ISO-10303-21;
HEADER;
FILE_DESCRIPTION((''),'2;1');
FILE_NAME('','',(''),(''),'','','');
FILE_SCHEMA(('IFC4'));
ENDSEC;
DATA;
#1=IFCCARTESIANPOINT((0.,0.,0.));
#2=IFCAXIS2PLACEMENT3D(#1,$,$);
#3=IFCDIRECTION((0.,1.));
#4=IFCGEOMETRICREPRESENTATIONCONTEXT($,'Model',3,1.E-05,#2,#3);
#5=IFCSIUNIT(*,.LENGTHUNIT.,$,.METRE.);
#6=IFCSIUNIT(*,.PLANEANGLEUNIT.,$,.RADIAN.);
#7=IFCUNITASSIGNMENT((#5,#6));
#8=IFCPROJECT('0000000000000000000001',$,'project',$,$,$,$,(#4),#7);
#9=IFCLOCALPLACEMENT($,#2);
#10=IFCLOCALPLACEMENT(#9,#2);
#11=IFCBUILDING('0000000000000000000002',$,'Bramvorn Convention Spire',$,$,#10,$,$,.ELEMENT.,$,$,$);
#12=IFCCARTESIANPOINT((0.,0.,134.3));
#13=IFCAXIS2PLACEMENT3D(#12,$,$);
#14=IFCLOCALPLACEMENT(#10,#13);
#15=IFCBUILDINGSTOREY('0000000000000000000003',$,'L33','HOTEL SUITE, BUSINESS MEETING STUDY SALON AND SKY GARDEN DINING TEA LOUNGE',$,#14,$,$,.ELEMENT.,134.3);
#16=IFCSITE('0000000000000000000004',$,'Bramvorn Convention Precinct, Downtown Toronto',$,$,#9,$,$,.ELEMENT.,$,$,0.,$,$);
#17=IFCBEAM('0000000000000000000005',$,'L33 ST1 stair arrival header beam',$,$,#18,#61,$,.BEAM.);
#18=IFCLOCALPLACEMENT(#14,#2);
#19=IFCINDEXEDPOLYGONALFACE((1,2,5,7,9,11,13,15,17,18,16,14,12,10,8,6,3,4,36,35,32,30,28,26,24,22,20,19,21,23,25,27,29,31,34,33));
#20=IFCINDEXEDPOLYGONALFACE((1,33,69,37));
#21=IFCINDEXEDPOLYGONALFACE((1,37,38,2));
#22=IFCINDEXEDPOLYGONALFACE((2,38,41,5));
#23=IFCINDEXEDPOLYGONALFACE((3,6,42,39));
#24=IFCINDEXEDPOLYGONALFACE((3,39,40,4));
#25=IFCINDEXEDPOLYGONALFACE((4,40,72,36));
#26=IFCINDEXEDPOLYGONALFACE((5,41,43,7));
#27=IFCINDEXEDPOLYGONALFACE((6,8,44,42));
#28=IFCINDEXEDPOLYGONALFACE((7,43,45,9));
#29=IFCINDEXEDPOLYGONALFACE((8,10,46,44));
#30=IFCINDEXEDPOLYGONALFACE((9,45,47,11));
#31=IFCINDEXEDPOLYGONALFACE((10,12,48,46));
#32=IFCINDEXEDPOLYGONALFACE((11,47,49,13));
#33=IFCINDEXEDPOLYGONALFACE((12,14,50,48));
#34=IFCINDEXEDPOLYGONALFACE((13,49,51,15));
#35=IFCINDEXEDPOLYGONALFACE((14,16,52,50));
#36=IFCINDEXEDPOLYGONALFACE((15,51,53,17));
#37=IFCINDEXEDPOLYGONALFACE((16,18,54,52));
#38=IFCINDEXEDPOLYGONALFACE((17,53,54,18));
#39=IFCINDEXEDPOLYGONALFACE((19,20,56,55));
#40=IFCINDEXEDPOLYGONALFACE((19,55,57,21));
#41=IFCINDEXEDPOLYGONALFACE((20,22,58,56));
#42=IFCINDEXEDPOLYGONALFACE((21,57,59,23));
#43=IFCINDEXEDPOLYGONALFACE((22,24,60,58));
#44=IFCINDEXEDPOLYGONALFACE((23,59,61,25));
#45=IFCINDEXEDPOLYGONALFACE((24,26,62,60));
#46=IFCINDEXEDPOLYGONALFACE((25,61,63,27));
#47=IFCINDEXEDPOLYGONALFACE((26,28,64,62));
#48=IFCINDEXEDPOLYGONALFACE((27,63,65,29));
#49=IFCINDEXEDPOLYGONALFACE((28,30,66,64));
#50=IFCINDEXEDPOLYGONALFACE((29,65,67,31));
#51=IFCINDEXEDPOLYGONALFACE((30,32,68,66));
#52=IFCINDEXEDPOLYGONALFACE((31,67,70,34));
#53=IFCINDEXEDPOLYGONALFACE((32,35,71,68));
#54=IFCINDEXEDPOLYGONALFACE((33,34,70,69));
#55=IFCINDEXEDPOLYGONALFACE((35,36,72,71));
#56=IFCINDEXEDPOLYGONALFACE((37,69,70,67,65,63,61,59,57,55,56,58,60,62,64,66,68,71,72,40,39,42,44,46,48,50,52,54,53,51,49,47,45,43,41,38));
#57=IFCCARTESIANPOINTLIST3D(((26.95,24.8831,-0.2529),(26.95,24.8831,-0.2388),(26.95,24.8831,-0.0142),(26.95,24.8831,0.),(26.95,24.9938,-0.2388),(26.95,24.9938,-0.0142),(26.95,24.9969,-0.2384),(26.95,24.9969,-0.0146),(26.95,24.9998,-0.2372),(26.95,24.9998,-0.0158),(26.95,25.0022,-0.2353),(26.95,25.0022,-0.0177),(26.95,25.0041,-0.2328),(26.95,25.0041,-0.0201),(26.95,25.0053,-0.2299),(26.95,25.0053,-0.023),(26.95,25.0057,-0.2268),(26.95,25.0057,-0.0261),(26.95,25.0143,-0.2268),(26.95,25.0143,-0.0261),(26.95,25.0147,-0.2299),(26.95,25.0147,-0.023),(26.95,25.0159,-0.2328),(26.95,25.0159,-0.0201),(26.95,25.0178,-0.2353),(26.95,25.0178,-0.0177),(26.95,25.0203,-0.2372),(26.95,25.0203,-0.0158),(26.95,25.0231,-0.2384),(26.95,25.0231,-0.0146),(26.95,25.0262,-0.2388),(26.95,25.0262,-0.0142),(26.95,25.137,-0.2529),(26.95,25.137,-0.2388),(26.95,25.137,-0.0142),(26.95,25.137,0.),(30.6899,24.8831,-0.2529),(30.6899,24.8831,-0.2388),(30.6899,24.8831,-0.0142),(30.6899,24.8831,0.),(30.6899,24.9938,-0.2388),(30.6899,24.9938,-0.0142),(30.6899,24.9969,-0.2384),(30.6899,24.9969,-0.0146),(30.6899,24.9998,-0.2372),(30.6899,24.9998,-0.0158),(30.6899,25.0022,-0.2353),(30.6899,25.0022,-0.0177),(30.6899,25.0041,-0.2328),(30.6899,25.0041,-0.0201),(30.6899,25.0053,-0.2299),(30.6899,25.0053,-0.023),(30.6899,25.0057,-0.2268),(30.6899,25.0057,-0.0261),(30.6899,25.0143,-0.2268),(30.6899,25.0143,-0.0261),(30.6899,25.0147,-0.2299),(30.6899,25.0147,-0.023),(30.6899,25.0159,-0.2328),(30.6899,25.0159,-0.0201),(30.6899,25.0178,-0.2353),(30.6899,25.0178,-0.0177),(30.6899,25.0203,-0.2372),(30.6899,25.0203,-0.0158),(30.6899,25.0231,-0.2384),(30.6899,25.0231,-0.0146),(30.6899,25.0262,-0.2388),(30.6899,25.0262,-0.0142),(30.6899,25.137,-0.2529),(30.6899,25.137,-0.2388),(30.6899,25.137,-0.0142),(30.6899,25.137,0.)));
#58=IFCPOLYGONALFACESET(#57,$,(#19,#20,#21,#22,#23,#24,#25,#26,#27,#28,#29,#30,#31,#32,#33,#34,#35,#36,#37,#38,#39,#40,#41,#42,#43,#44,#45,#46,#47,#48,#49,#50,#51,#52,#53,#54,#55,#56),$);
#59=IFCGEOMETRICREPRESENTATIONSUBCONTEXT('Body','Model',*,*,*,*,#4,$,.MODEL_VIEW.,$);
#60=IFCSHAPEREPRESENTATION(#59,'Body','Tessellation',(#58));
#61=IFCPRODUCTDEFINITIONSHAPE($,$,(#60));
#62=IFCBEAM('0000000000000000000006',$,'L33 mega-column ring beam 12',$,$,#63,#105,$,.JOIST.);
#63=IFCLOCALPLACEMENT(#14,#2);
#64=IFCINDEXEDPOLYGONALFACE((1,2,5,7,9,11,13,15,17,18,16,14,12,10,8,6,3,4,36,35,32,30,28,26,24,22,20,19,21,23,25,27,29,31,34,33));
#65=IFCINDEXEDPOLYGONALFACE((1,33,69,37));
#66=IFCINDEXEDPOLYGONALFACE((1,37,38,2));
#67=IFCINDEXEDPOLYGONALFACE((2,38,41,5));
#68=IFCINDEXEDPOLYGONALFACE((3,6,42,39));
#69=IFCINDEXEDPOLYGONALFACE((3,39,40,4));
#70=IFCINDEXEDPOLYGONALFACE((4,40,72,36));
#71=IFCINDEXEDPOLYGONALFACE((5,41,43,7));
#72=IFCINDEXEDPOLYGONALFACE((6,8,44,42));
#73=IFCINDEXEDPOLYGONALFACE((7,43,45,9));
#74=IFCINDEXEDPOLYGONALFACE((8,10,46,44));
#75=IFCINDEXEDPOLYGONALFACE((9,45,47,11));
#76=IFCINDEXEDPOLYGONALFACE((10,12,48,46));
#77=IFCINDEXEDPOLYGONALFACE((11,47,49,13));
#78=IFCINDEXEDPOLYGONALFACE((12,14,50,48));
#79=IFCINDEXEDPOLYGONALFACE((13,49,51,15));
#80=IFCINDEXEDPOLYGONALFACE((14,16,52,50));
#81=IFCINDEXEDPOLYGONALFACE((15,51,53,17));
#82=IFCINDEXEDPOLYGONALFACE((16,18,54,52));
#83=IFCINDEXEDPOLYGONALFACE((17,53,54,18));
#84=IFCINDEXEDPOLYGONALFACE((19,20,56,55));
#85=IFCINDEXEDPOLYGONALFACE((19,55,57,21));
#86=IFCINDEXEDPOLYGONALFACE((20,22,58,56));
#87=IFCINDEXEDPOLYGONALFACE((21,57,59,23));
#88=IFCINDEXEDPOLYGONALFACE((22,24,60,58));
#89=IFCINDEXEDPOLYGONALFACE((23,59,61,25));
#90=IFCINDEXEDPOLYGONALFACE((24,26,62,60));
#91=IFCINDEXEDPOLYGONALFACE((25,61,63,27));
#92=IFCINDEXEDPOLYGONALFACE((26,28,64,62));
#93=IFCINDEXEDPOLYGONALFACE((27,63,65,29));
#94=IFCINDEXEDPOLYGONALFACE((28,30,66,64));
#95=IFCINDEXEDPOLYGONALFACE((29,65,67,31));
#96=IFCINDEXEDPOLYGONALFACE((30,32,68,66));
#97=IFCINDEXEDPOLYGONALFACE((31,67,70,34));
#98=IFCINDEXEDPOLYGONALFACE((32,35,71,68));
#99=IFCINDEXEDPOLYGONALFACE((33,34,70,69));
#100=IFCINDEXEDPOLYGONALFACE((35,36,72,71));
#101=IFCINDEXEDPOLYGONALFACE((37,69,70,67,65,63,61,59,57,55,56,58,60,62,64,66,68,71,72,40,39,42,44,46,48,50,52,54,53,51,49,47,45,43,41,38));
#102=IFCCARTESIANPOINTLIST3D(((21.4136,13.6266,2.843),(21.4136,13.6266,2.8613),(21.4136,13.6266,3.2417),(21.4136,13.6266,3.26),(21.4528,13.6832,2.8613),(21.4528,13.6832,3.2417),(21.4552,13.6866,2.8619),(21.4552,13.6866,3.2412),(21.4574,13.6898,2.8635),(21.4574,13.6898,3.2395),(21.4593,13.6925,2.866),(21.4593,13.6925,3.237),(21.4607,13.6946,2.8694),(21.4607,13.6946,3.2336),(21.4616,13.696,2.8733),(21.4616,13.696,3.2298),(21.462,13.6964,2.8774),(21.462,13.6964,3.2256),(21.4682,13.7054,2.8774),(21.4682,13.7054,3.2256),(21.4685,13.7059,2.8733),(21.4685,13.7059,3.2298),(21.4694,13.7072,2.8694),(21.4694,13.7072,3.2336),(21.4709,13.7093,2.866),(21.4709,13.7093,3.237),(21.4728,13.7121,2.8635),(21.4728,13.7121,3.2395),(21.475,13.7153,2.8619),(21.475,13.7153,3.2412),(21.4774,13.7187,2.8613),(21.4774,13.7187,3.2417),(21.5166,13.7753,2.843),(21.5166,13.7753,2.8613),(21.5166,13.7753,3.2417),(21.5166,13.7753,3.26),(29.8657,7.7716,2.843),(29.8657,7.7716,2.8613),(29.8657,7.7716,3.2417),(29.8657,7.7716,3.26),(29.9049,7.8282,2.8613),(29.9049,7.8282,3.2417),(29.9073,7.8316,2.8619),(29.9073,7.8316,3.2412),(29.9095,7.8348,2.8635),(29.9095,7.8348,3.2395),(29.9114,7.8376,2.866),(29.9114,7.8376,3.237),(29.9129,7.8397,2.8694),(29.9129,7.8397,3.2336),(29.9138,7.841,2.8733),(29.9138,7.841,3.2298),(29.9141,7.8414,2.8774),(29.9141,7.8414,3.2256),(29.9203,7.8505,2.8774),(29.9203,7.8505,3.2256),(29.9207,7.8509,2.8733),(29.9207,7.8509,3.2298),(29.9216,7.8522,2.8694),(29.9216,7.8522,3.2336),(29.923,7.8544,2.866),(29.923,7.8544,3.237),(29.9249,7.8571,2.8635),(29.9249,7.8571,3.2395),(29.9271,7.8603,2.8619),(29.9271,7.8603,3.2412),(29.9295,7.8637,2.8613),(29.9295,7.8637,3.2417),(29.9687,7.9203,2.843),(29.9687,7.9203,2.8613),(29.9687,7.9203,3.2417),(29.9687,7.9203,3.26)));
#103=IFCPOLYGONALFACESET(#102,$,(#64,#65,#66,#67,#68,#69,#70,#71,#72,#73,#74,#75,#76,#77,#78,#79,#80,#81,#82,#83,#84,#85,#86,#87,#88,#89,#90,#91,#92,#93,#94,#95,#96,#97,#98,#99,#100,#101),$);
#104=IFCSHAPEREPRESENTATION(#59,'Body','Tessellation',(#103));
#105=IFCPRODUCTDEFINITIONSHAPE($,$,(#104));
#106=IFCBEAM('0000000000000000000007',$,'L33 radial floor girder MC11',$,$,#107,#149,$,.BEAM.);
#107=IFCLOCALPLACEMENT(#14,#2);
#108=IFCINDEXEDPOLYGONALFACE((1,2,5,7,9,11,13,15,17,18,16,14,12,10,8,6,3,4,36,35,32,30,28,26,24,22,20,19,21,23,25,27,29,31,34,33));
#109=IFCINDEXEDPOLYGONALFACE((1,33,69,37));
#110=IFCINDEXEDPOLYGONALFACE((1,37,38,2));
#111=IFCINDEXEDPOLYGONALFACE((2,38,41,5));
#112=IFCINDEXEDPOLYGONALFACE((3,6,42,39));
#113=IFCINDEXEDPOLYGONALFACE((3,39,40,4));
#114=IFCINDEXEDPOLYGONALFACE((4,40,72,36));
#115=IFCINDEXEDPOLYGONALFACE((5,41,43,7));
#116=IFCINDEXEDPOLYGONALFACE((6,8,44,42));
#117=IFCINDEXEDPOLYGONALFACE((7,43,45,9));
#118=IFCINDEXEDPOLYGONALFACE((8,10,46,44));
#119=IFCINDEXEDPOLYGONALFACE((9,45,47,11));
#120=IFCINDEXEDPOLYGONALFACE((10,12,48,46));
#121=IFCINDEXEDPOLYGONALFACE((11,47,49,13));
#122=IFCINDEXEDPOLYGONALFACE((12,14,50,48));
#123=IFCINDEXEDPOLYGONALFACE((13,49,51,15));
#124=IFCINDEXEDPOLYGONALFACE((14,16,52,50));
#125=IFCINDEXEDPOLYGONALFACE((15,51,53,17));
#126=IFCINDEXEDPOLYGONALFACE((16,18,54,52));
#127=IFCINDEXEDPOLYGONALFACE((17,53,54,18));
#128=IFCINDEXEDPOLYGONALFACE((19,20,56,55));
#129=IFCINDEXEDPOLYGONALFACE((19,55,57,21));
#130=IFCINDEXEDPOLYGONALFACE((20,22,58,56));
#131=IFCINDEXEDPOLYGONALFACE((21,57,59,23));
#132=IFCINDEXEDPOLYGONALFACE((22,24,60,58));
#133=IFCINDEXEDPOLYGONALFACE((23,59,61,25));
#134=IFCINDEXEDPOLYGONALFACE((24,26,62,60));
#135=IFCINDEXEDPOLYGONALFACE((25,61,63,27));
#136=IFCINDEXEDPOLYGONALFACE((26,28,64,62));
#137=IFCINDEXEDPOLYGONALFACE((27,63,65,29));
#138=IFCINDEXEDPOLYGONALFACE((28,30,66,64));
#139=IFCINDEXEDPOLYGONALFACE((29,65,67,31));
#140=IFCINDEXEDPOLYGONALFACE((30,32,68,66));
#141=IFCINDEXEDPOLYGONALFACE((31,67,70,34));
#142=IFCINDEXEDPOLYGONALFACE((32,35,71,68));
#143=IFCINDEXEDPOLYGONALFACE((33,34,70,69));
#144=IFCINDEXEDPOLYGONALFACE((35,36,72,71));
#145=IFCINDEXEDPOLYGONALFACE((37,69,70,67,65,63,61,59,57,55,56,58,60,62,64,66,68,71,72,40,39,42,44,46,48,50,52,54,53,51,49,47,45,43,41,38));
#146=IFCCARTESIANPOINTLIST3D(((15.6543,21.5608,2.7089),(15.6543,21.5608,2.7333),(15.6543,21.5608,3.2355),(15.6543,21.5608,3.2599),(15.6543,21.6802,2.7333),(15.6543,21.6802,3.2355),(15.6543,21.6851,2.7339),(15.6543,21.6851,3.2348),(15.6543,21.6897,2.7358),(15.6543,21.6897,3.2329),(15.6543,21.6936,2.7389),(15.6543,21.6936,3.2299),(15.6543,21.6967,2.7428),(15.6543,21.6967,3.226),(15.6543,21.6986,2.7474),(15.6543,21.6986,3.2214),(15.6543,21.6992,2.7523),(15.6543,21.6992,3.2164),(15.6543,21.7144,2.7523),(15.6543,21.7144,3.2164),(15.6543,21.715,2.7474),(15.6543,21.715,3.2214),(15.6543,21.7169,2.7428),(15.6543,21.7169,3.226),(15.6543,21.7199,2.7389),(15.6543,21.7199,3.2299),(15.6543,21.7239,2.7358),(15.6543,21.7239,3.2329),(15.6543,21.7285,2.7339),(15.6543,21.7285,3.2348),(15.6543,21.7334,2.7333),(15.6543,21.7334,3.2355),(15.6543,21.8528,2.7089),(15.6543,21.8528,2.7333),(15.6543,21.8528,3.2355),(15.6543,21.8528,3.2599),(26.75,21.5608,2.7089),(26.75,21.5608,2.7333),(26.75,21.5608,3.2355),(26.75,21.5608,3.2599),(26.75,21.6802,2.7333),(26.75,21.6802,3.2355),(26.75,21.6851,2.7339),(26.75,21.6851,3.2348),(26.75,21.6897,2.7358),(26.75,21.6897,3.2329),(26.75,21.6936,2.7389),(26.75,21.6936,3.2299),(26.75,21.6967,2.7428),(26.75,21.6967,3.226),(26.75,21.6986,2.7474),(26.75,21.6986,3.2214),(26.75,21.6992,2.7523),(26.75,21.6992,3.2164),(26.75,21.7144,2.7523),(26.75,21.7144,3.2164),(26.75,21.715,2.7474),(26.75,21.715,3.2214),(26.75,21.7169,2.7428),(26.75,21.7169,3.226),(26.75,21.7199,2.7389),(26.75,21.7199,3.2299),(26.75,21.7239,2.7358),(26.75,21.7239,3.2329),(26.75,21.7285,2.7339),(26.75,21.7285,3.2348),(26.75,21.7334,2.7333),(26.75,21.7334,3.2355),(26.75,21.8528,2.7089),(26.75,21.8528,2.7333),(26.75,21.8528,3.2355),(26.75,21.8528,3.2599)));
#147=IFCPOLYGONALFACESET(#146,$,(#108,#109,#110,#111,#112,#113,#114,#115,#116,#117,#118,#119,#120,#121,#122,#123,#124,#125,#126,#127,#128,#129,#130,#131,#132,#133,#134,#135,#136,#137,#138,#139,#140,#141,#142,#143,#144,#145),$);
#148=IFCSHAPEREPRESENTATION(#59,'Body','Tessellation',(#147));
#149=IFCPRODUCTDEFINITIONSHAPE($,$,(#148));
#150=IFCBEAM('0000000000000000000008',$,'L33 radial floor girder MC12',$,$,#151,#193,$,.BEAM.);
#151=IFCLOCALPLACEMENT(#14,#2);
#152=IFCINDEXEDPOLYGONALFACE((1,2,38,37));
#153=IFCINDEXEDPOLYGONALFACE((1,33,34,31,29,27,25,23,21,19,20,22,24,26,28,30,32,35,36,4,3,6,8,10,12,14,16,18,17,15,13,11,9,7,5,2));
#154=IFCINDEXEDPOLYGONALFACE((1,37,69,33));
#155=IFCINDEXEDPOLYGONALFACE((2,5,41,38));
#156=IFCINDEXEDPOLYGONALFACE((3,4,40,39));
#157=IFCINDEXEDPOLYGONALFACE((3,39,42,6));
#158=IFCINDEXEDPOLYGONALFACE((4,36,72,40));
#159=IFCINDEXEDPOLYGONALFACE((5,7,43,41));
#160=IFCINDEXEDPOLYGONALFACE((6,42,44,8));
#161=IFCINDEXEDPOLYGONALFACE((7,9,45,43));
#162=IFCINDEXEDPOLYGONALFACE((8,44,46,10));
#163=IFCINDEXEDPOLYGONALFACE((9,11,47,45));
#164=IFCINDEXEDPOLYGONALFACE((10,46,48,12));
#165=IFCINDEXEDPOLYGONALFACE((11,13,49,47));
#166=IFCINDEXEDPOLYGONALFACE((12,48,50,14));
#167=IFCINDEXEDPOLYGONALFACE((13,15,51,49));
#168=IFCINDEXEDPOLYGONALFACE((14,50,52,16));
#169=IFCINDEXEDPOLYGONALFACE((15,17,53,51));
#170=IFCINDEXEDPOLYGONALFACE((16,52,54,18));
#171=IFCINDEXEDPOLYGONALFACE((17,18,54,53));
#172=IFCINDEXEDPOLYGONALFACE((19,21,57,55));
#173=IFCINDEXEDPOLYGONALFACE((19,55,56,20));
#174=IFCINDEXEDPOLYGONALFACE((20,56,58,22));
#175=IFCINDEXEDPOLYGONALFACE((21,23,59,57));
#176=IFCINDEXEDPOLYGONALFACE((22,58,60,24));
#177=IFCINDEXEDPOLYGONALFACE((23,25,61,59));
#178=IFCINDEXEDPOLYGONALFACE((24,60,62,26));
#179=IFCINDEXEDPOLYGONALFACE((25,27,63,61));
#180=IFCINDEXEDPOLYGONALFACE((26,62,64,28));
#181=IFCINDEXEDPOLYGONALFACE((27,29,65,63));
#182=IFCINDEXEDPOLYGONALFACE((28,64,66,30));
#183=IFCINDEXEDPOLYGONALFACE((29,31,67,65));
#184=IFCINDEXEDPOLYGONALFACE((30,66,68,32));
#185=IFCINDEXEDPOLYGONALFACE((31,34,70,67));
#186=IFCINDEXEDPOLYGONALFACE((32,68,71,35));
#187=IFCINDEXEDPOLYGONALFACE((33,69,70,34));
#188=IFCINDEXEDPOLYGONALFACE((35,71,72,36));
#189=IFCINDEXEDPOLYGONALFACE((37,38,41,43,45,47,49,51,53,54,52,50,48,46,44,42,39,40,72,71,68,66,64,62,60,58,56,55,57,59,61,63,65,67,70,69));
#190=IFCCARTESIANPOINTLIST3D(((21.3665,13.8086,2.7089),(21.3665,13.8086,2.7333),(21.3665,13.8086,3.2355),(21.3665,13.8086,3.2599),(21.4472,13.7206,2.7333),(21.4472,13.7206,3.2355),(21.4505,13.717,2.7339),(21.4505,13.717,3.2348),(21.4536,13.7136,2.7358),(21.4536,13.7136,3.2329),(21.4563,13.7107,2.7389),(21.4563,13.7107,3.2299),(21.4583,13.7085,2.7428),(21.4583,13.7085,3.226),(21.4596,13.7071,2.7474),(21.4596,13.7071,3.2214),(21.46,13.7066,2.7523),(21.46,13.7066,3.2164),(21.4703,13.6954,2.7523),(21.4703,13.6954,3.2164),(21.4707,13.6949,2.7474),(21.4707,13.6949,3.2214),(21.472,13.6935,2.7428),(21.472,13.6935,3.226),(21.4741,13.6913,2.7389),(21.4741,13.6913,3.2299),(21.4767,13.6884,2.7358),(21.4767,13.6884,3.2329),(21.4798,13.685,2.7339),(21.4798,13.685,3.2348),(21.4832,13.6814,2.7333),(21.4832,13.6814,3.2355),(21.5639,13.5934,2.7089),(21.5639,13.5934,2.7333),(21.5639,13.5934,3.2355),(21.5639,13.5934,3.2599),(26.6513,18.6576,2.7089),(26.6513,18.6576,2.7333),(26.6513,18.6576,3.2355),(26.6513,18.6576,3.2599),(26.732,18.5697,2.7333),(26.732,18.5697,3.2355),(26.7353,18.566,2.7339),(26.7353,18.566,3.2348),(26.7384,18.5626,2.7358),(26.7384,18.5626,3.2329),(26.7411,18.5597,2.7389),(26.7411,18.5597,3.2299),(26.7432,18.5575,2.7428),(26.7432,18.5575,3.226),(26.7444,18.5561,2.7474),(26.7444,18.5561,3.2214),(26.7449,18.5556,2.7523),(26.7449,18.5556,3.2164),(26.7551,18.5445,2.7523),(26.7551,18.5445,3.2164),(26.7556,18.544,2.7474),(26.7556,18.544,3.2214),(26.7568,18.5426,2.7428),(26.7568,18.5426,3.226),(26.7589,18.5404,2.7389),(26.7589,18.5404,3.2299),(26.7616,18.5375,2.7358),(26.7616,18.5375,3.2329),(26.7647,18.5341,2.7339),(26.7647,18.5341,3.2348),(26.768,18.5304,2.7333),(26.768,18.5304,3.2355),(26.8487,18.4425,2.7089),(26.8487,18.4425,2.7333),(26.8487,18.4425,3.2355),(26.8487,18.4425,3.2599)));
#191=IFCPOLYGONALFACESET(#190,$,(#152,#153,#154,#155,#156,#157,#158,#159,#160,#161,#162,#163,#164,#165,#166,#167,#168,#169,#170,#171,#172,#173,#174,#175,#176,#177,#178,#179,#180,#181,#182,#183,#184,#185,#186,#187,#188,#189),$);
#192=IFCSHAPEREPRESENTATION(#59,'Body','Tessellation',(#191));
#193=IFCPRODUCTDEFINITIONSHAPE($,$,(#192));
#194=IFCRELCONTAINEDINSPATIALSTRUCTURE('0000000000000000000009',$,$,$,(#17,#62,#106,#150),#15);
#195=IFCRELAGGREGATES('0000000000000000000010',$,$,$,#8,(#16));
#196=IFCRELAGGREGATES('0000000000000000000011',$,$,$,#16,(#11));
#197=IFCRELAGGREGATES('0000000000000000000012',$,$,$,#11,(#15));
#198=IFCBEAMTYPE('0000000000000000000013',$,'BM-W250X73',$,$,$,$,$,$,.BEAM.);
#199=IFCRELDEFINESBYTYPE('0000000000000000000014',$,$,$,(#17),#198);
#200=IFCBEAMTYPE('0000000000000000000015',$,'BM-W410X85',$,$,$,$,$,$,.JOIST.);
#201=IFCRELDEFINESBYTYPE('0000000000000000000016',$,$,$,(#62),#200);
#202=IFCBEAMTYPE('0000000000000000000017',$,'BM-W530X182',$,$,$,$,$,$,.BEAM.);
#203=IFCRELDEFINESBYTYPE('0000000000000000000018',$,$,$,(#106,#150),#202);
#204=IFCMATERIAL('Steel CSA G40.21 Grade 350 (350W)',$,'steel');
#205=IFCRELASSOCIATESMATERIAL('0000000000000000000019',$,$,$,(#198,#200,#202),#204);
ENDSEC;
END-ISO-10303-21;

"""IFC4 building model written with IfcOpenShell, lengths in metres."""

from ifc_helpers import new_model, si_unit, direction, frame, origin, origin_2d, place, context, subcontext, project, spatial, i_section, extrude, material, material_profile, profile_set, type_object, element, save


model = new_model("IFC4")

# Units and contexts
model_context = context("Model", 3, precision=1e-05, world=origin(), true_north=direction((0.0, 1.0)))
body_context = subcontext(model_context, "Body", "Model", "MODEL_VIEW")
ifc_project = project(units=[si_unit("LENGTHUNIT", "METRE"), si_unit("PLANEANGLEUNIT", "RADIAN")], contexts=[model_context])

# Site, building, storey
site_placement = place(None, origin())
site = spatial("IfcSite", under=ifc_project, at=site_placement, Name="Bramvorn Convention Precinct, Downtown Toronto", CompositionType="ELEMENT", RefElevation=0.0)
building_placement = place(site_placement, origin())
building = spatial("IfcBuilding", under=site, at=building_placement, Name="Bramvorn Convention Spire", CompositionType="ELEMENT")
storey_placement = place(building_placement, frame((0.0, 0.0, 134.3)))
storey = spatial("IfcBuildingStorey", under=building, at=storey_placement, Name="L33", Description="HOTEL SUITE, BUSINESS MEETING STUDY SALON AND SKY GARDEN DINING TEA LOUNGE", CompositionType="ELEMENT", Elevation=134.3)

# Shared definitions
ifc_material_1 = material(Name="Steel CSA G40.21 Grade 350 (350W)", Category="steel")

# Beams
ifc_material_profile_1 = material_profile(ifc_material_1, i_section(OverallWidth=0.2539, OverallDepth=0.2529, WebThickness=0.0085, FlangeThickness=0.0142, FilletRadius=0.012, at=origin_2d()))
ifc_profile_set_1 = profile_set([ifc_material_profile_1], Name="Steel CSA G40.21 Grade 350 (350W) - W250X73")
beam_type_1 = type_object("IfcBeamType", Name="BM-W250X73", PredefinedType="BEAM", material=ifc_profile_set_1)
beam_1_placement = place(storey_placement, frame((26.95, 25.01, -0.1265), z_axis=(1.0, 0.0, 0.0), x_axis=(0.0, 1.0, 0.0)))
element("IfcBeam", 1, at=beam_1_placement, inside=storey, type_object=beam_type_1, Name="L33 ST1 stair arrival header beam", PredefinedType="BEAM", context=body_context, shape_type="SweptSolid", body=[
    extrude(i_section(OverallWidth=0.2539, OverallDepth=0.2529, WebThickness=0.0085, FlangeThickness=0.0142, FilletRadius=0.012, at=origin_2d()), origin(), (0.0, 0.0, 1.0), 3.74),
])
ifc_material_profile_2 = material_profile(ifc_material_1, i_section(OverallWidth=0.1809, OverallDepth=0.417, WebThickness=0.011, FlangeThickness=0.0183, FilletRadius=0.0161, at=origin_2d()))
ifc_profile_set_2 = profile_set([ifc_material_profile_2], Name="Steel CSA G40.21 Grade 350 (350W) - W410X85")
beam_type_2 = type_object("IfcBeamType", Name="BM-W410X85", PredefinedType="JOIST", material=ifc_profile_set_2)
beam_2_placement = place(storey_placement, frame((21.4651, 13.7009, 3.0515), z_axis=(0.822033, -0.56944, 0.0), x_axis=(0.56944, 0.822033, 0.0)))
element("IfcBeam", 2, at=beam_2_placement, inside=storey, type_object=beam_type_2, Name="L33 mega-column ring beam 12", PredefinedType="JOIST", context=body_context, shape_type="SweptSolid", body=[
    extrude(i_section(OverallWidth=0.1809, OverallDepth=0.417, WebThickness=0.011, FlangeThickness=0.0183, FilletRadius=0.0161, at=origin_2d()), origin(), (0.0, 0.0, 1.0), 10.282),
])
ifc_material_profile_3 = material_profile(ifc_material_1, i_section(OverallWidth=0.292, OverallDepth=0.551, WebThickness=0.0151, FlangeThickness=0.0244, FilletRadius=0.019, at=origin_2d()))
ifc_profile_set_3 = profile_set([ifc_material_profile_3], Name="Steel CSA G40.21 Grade 350 (350W) - W530X182")
beam_type_3 = type_object("IfcBeamType", Name="BM-W530X182", PredefinedType="BEAM", material=ifc_profile_set_3)
beam_3_placement = place(storey_placement, frame((26.75, 21.7068, 2.9844), z_axis=(-1.0, 0.0, 0.0), x_axis=(0.0, -1.0, 0.0)))
element("IfcBeam", 3, at=beam_3_placement, inside=storey, type_object=beam_type_3, Name="L33 radial floor girder MC11", PredefinedType="BEAM", context=body_context, shape_type="SweptSolid", body=[
    extrude(i_section(OverallWidth=0.292, OverallDepth=0.551, WebThickness=0.0151, FlangeThickness=0.0244, FilletRadius=0.019, at=origin_2d()), origin(), (0.0, 0.0, 1.0), 11.0957),
])
beam_4_placement = place(storey_placement, frame((26.75, 18.55, 2.9844), z_axis=(-0.736833, -0.676074, 0.0), x_axis=(0.676074, -0.736833, 0.0)))
element("IfcBeam", 4, at=beam_4_placement, inside=storey, type_object=beam_type_3, Name="L33 radial floor girder MC12", PredefinedType="BEAM", context=body_context, shape_type="SweptSolid", body=[
    extrude(i_section(OverallWidth=0.292, OverallDepth=0.551, WebThickness=0.0151, FlangeThickness=0.0244, FilletRadius=0.019, at=origin_2d()), origin(), (0.0, 0.0, 1.0), 7.1724),
])

save(model, "model.ifc")
